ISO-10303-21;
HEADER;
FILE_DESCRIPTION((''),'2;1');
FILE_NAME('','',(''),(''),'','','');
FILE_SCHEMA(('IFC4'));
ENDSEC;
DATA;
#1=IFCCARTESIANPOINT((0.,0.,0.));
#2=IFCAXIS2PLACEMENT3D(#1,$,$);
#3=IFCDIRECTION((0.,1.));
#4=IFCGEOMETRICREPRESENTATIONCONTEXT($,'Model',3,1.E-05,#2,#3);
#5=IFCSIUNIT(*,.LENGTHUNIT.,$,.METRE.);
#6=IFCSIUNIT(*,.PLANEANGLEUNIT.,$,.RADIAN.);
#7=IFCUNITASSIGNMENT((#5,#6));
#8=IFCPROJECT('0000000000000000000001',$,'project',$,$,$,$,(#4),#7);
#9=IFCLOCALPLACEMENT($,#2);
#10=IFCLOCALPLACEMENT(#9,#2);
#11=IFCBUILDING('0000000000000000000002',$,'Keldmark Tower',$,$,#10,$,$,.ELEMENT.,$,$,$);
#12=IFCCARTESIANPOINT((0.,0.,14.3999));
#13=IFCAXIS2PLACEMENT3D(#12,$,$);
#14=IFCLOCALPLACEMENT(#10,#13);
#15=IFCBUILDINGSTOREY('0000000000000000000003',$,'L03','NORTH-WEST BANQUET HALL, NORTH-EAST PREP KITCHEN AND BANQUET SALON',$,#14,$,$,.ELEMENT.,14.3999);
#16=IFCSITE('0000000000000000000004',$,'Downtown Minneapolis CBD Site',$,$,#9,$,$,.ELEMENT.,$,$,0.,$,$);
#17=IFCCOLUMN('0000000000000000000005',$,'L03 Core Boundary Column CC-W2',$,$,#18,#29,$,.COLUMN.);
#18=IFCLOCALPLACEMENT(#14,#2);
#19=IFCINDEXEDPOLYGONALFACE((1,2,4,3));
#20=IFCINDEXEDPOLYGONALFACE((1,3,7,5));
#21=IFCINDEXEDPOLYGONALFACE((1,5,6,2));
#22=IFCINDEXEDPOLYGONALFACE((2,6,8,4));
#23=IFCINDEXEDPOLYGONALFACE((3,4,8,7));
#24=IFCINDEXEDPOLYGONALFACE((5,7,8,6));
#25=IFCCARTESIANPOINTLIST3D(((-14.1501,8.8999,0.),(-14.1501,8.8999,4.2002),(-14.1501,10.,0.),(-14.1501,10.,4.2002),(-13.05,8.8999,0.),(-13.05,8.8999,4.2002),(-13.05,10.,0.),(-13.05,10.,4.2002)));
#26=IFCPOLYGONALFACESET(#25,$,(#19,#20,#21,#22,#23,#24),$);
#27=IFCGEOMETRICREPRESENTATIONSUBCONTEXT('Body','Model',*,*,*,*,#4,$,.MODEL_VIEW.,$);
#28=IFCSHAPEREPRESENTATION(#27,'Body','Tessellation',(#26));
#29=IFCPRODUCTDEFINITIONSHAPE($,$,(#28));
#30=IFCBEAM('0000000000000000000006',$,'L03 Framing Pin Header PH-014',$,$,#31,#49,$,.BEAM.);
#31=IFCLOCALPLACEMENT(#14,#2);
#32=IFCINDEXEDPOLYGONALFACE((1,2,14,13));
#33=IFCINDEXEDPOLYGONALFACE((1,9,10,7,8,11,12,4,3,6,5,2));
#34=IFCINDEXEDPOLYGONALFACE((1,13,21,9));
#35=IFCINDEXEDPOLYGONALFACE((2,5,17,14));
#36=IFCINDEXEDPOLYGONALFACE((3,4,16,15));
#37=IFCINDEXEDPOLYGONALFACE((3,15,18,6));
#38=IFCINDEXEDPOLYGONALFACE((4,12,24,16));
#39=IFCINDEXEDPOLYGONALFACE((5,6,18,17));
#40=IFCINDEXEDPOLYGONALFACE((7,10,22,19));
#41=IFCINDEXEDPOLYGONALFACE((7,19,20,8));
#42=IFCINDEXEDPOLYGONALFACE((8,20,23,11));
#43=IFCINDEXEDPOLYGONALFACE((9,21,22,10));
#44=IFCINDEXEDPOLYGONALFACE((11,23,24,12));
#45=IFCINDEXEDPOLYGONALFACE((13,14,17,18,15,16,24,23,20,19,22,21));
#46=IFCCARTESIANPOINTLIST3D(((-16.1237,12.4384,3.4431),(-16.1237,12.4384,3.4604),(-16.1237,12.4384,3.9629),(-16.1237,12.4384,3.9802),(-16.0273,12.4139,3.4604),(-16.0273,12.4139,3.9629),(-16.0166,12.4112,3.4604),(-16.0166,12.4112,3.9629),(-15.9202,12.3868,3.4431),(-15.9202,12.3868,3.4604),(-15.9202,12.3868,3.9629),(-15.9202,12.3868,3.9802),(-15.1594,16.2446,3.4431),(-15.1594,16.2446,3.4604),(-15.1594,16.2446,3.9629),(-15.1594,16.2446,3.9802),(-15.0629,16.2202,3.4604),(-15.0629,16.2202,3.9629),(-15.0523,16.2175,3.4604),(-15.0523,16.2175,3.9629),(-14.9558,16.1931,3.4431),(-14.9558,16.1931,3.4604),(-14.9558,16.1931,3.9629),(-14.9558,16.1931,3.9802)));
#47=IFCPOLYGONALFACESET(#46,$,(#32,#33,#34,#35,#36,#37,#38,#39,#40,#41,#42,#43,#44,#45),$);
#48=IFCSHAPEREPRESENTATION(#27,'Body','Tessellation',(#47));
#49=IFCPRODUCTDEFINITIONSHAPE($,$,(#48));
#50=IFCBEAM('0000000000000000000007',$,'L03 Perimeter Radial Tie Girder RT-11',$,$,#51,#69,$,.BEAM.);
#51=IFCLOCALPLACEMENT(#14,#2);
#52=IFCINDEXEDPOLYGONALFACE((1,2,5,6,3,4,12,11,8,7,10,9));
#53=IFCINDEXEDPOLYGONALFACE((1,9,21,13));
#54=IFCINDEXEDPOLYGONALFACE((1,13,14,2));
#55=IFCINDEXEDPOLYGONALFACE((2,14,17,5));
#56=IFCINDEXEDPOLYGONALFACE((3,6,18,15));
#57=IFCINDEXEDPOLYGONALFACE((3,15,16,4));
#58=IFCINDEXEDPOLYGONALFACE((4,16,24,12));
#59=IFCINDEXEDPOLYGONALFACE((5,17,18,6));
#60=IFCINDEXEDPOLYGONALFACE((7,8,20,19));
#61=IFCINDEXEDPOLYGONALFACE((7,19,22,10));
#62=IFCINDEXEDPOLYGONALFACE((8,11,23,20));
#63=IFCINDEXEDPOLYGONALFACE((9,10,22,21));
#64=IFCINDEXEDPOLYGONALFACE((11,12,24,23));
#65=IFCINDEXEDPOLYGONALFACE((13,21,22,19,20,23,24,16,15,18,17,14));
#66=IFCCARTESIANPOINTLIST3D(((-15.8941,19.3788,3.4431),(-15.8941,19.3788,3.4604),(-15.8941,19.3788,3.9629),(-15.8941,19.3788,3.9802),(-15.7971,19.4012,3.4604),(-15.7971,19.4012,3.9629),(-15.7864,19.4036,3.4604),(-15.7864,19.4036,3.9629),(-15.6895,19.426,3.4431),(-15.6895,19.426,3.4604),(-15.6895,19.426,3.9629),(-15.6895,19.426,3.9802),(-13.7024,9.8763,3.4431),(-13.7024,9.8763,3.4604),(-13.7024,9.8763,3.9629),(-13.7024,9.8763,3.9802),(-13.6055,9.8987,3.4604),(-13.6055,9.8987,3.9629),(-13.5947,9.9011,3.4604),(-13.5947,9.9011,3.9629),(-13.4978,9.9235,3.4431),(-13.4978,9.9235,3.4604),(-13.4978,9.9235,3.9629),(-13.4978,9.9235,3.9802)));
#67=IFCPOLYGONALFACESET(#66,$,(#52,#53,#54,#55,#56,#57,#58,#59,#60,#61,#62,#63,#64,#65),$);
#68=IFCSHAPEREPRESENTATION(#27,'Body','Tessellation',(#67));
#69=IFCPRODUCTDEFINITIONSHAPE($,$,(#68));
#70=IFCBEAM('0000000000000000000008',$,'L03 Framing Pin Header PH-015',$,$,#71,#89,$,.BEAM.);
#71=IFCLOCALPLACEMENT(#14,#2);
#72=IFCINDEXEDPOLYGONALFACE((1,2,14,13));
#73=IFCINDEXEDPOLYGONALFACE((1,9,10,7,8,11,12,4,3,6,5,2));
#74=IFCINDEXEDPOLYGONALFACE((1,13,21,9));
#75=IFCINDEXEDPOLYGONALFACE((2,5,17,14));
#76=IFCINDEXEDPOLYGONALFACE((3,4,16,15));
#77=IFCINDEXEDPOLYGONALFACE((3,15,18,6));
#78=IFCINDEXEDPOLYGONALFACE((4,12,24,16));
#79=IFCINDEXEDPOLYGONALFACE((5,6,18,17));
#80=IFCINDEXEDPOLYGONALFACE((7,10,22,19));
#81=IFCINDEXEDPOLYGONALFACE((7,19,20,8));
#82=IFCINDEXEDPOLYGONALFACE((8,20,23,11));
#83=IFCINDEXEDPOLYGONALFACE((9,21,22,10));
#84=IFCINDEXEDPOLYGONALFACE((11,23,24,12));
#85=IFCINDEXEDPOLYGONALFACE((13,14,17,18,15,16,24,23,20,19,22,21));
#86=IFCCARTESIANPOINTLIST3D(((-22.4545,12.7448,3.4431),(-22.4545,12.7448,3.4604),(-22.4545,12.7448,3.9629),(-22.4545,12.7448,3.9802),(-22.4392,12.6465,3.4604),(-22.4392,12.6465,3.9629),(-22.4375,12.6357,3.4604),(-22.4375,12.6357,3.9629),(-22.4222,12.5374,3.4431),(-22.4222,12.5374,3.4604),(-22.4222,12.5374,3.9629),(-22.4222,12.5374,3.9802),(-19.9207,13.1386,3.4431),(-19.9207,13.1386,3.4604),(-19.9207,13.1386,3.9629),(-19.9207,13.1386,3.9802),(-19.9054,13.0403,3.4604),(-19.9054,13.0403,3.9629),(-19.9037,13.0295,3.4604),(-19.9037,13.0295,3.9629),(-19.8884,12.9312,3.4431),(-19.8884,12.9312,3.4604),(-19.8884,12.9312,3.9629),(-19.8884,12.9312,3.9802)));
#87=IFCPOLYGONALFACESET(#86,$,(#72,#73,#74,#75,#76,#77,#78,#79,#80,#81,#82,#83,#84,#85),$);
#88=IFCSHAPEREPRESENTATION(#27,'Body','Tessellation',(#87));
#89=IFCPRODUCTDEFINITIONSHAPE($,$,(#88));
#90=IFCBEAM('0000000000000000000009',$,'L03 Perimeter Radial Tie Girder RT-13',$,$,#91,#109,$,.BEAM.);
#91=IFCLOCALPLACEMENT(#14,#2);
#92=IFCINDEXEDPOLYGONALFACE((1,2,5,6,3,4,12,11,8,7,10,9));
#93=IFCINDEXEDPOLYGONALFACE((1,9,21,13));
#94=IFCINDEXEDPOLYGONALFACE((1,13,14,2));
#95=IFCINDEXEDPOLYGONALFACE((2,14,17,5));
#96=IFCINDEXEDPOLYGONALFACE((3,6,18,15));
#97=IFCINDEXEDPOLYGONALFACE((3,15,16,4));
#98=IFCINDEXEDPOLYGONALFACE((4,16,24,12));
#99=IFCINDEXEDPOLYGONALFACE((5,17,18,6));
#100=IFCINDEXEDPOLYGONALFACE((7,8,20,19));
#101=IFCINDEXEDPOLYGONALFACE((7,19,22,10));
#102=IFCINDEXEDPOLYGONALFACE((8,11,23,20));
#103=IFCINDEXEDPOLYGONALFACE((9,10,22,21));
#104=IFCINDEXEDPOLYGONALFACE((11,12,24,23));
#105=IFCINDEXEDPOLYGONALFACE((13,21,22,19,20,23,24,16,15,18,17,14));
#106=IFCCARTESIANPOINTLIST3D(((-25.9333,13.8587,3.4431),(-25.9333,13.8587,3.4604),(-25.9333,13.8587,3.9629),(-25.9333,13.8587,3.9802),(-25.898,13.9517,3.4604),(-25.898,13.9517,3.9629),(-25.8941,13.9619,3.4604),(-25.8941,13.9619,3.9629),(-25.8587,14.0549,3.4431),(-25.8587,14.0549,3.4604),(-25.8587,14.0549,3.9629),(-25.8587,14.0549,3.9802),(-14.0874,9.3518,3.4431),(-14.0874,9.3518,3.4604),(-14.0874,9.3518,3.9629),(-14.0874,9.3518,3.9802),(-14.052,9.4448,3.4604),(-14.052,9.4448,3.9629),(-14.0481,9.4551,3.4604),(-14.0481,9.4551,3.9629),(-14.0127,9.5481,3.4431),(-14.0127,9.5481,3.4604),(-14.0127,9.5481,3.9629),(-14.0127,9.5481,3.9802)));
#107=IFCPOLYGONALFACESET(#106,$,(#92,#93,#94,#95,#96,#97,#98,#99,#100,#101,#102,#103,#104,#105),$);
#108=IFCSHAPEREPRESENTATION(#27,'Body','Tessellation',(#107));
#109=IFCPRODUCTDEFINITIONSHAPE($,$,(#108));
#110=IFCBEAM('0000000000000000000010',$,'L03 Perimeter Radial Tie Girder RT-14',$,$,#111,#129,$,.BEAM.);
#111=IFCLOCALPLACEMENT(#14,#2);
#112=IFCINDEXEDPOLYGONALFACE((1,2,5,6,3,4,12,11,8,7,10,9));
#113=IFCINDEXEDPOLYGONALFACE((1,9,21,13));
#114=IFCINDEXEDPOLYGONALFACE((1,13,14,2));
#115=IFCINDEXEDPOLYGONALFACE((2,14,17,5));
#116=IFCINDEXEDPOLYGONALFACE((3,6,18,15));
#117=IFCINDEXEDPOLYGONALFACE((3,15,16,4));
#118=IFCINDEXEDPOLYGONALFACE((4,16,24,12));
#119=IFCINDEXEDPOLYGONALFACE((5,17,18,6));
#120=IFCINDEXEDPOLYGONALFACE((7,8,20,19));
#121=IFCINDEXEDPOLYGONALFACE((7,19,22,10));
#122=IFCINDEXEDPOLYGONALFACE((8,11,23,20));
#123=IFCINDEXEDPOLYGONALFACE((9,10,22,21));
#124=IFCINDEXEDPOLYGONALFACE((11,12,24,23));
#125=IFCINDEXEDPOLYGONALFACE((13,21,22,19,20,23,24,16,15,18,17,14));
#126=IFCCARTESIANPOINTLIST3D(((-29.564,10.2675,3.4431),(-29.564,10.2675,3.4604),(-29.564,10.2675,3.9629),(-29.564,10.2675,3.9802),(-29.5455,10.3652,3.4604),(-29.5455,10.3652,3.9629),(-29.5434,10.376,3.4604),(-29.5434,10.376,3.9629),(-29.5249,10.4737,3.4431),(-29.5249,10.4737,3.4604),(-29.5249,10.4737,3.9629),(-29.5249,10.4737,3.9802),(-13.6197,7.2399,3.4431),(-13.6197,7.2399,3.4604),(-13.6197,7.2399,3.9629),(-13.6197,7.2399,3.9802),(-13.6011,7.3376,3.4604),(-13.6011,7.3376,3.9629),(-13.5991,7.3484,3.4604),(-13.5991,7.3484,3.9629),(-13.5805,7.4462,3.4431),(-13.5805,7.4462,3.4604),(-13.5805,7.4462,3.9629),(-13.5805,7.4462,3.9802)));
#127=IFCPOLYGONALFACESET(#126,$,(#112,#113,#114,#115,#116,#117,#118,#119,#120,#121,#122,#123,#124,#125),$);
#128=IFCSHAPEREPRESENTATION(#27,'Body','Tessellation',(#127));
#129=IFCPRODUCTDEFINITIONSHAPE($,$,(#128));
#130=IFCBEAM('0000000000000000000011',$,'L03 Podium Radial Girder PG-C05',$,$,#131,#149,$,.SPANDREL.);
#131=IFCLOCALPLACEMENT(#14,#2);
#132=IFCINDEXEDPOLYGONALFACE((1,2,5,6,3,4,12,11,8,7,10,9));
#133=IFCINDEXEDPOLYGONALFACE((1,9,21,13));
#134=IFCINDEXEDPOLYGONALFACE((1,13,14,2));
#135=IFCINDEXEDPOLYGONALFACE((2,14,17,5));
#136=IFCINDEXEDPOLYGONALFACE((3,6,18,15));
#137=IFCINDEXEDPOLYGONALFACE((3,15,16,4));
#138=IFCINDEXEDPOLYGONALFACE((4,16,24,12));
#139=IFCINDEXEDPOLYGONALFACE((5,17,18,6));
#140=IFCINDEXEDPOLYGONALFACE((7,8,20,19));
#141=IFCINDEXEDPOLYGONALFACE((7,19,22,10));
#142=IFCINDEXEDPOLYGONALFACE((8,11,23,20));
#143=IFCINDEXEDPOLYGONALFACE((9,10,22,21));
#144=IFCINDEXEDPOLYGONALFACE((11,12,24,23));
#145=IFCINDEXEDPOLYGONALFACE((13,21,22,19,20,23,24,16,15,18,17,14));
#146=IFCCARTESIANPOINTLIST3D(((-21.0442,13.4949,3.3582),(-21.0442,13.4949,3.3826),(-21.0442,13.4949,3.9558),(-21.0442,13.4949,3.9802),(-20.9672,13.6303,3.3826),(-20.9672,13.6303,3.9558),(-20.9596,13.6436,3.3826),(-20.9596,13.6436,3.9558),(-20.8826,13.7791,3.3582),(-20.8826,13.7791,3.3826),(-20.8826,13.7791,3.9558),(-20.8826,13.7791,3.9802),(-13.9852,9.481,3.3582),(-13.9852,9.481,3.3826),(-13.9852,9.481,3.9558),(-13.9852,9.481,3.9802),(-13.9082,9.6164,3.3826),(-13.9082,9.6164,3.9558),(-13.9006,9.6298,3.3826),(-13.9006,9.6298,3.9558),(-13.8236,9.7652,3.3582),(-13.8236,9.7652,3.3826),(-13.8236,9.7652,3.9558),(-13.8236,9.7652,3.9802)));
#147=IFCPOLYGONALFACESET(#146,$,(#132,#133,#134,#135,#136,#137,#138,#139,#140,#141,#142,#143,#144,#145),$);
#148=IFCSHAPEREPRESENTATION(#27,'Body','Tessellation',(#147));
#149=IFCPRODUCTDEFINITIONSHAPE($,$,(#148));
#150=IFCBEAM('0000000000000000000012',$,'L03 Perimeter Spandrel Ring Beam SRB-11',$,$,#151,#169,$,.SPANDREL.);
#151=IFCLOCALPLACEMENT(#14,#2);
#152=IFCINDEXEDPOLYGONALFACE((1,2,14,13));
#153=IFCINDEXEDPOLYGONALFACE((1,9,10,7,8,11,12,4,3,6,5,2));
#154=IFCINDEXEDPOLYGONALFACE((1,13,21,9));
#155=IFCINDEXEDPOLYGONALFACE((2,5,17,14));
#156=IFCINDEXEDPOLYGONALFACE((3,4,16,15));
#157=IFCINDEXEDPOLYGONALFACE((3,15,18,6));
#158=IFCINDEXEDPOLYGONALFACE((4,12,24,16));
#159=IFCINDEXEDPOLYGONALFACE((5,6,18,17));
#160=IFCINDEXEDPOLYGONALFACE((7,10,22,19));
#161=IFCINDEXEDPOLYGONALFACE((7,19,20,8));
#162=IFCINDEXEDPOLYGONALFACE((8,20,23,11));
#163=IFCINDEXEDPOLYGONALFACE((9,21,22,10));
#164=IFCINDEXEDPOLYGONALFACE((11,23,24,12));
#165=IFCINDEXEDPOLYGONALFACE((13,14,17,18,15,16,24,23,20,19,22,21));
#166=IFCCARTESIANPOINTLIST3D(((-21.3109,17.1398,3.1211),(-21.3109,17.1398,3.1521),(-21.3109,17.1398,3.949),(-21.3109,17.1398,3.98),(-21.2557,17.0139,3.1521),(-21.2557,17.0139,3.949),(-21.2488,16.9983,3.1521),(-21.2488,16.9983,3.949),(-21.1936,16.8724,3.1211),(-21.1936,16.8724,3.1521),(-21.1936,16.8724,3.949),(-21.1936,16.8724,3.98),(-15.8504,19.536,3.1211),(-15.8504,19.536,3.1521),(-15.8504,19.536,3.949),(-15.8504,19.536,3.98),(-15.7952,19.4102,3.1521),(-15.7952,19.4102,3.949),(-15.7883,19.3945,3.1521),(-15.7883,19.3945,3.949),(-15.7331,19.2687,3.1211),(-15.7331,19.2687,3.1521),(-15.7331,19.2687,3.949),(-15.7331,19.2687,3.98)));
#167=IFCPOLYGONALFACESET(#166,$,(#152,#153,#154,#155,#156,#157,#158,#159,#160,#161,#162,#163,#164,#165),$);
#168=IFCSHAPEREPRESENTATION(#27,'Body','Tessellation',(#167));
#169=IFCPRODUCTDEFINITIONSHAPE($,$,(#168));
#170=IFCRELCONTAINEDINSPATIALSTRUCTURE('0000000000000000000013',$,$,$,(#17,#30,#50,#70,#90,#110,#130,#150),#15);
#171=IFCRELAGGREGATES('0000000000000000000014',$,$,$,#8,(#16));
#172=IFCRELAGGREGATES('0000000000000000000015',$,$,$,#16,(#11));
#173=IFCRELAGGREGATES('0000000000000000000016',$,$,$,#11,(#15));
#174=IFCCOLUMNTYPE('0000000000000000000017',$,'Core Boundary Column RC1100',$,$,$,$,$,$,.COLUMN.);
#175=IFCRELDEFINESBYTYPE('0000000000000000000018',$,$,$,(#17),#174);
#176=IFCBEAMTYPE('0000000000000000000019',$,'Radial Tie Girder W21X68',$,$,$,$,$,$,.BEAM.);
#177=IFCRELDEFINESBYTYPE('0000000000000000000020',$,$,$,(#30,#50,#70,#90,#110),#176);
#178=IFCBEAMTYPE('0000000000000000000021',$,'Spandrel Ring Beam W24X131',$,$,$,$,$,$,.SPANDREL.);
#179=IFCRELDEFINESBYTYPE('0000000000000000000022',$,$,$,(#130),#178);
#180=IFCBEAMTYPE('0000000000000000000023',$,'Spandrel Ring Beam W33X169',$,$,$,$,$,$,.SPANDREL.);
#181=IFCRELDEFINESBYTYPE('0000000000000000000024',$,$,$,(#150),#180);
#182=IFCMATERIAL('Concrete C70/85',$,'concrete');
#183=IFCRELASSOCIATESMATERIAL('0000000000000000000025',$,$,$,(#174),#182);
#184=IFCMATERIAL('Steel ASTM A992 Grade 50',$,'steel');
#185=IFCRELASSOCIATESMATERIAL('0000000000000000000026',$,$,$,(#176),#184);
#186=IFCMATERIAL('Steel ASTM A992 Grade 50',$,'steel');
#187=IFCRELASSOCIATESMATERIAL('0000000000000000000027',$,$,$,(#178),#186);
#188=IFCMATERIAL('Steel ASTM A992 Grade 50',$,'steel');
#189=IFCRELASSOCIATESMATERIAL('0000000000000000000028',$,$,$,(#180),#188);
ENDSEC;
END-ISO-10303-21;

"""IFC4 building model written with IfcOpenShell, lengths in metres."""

from ifc_helpers import new_model, si_unit, direction, frame, origin, origin_2d, place, context, subcontext, project, spatial, rectangle, i_section, extrude, material, material_profile, profile_set, type_object, element, save


model = new_model("IFC4")

# Units and contexts
model_context = context("Model", 3, precision=1e-05, world=origin(), true_north=direction((0.0, 1.0)))
body_context = subcontext(model_context, "Body", "Model", "MODEL_VIEW")
ifc_project = project(units=[si_unit("LENGTHUNIT", "METRE"), si_unit("PLANEANGLEUNIT", "RADIAN")], contexts=[model_context])

# Site, building, storey
site_placement = place(None, origin())
site = spatial("IfcSite", under=ifc_project, at=site_placement, Name="Downtown Minneapolis CBD Site", CompositionType="ELEMENT", RefElevation=0.0)
building_placement = place(site_placement, origin())
building = spatial("IfcBuilding", under=site, at=building_placement, Name="Keldmark Tower", CompositionType="ELEMENT")
storey_placement = place(building_placement, frame((0.0, 0.0, 14.3999)))
storey = spatial("IfcBuildingStorey", under=building, at=storey_placement, Name="L03", Description="NORTH-WEST BANQUET HALL, NORTH-EAST PREP KITCHEN AND BANQUET SALON", CompositionType="ELEMENT", Elevation=14.3999)

# Column
ifc_material_1 = material(Name="Concrete C70/85", Category="concrete")
ifc_material_profile_1 = material_profile(ifc_material_1, rectangle(XDim=1.1001, YDim=1.1001, at=origin_2d()), Name="RC1100X1100")
ifc_profile_set_1 = profile_set([ifc_material_profile_1], Name="Concrete C70/85")
column_type = type_object("IfcColumnType", Name="Core Boundary Column RC1100", PredefinedType="COLUMN", material=ifc_profile_set_1)
column_placement = place(storey_placement, frame((-13.6001, 9.45, 0.0), z_axis=(0.0, 0.0, 1.0), x_axis=(1.0, 0.0, 0.0)))
element("IfcColumn", 1, at=column_placement, inside=storey, type_object=column_type, Name="L03 Core Boundary Column CC-W2", PredefinedType="COLUMN", context=body_context, shape_type="SweptSolid", body=[
    extrude(rectangle(XDim=1.1001, YDim=1.1001, at=origin_2d()), origin(), (0.0, 0.0, 1.0), 4.2002),
])

# Beams
ifc_material_2 = material(Name="Steel ASTM A992 Grade 50", Category="steel")
ifc_material_profile_2 = material_profile(ifc_material_2, i_section(OverallWidth=0.21, OverallDepth=0.5371, WebThickness=0.011, FlangeThickness=0.0173, at=origin_2d()), Name="W21X68")
ifc_profile_set_2 = profile_set([ifc_material_profile_2], Name="Steel ASTM A992 Grade 50")
beam_type_1 = type_object("IfcBeamType", Name="Radial Tie Girder W21X68", PredefinedType="BEAM", material=ifc_profile_set_2)
beam_1_placement = place(storey_placement, frame((-16.022, 12.4126, 3.7117), z_axis=(0.245607, 0.96937, 0.0), x_axis=(-0.96937, 0.245607, 0.0)))
element("IfcBeam", 2, at=beam_1_placement, inside=storey, type_object=beam_type_1, Name="L03 Framing Pin Header PH-014", PredefinedType="BEAM", context=body_context, shape_type="SweptSolid", body=[
    extrude(i_section(OverallWidth=0.21, OverallDepth=0.5371, WebThickness=0.011, FlangeThickness=0.0173, at=origin_2d()), origin(), (0.0, 0.0, 1.0), 3.9265),
])
beam_2_placement = place(storey_placement, frame((-13.6001, 9.8999, 3.7117), z_axis=(-0.224741, 0.974419, 0.0), x_axis=(-0.974419, -0.224741, 0.0)))
element("IfcBeam", 3, at=beam_2_placement, inside=storey, type_object=beam_type_1, Name="L03 Perimeter Radial Tie Girder RT-11", PredefinedType="BEAM", context=body_context, shape_type="SweptSolid", body=[
    extrude(i_section(OverallWidth=0.21, OverallDepth=0.5371, WebThickness=0.011, FlangeThickness=0.0173, at=origin_2d()), origin(), (0.0, 0.0, 1.0), 9.752),
])
beam_3_placement = place(storey_placement, frame((-19.9045, 13.0349, 3.7117), z_axis=(-0.988136, -0.153581, 0.0), x_axis=(0.153581, -0.988136, 0.0)))
element("IfcBeam", 4, at=beam_3_placement, inside=storey, type_object=beam_type_1, Name="L03 Framing Pin Header PH-015", PredefinedType="BEAM", context=body_context, shape_type="SweptSolid", body=[
    extrude(i_section(OverallWidth=0.21, OverallDepth=0.5371, WebThickness=0.011, FlangeThickness=0.0173, at=origin_2d()), origin(), (0.0, 0.0, 1.0), 2.5642),
])
beam_4_placement = place(storey_placement, frame((-14.05, 9.45, 3.7117), z_axis=(-0.934643, 0.355588, 0.0), x_axis=(-0.355588, -0.934643, 0.0)))
element("IfcBeam", 5, at=beam_4_placement, inside=storey, type_object=beam_type_1, Name="L03 Perimeter Radial Tie Girder RT-13", PredefinedType="BEAM", context=body_context, shape_type="SweptSolid", body=[
    extrude(i_section(OverallWidth=0.21, OverallDepth=0.5371, WebThickness=0.011, FlangeThickness=0.0173, at=origin_2d()), origin(), (0.0, 0.0, 1.0), 12.6743),
])
beam_5_placement = place(storey_placement, frame((-13.6001, 7.343, 3.7117), z_axis=(-0.982445, 0.186551, 0.0), x_axis=(-0.186551, -0.982445, 0.0)))
element("IfcBeam", 6, at=beam_5_placement, inside=storey, type_object=beam_type_1, Name="L03 Perimeter Radial Tie Girder RT-14", PredefinedType="BEAM", context=body_context, shape_type="SweptSolid", body=[
    extrude(i_section(OverallWidth=0.21, OverallDepth=0.5371, WebThickness=0.011, FlangeThickness=0.0173, at=origin_2d()), origin(), (0.0, 0.0, 1.0), 16.2292),
])
ifc_material_3 = material(Name="Steel ASTM A992 Grade 50", Category="steel")
ifc_material_profile_3 = material_profile(ifc_material_3, i_section(OverallWidth=0.3269, OverallDepth=0.6221, WebThickness=0.0154, FlangeThickness=0.0244, at=origin_2d()), Name="W24X131")
ifc_profile_set_3 = profile_set([ifc_material_profile_3], Name="Steel ASTM A992 Grade 50")
beam_type_2 = type_object("IfcBeamType", Name="Spandrel Ring Beam W24X131", PredefinedType="SPANDREL", material=ifc_profile_set_3)
beam_6_placement = place(storey_placement, frame((-20.9634, 13.637, 3.6692), z_axis=(0.869294, -0.494296, 0.0), x_axis=(0.494296, 0.869294, 0.0)))
element("IfcBeam", 7, at=beam_6_placement, inside=storey, type_object=beam_type_2, Name="L03 Podium Radial Girder PG-C05", PredefinedType="SPANDREL", context=body_context, shape_type="SweptSolid", body=[
    extrude(i_section(OverallWidth=0.3269, OverallDepth=0.6221, WebThickness=0.0154, FlangeThickness=0.0244, at=origin_2d()), origin(), (0.0, 0.0, 1.0), 8.1204),
])
ifc_material_4 = material(Name="Steel ASTM A992 Grade 50", Category="steel")
ifc_material_profile_4 = material_profile(ifc_material_4, i_section(OverallWidth=0.292, OverallDepth=0.8589, WebThickness=0.0171, FlangeThickness=0.031, at=origin_2d()), Name="W33X169")
ifc_profile_set_4 = profile_set([ifc_material_profile_4], Name="Steel ASTM A992 Grade 50")
beam_type_3 = type_object("IfcBeamType", Name="Spandrel Ring Beam W33X169", PredefinedType="SPANDREL", material=ifc_profile_set_4)
beam_7_placement = place(storey_placement, frame((-15.7917, 19.4023, 3.5505), z_axis=(-0.915708, -0.401845, 0.0), x_axis=(0.401845, -0.915708, 0.0)))
element("IfcBeam", 8, at=beam_7_placement, inside=storey, type_object=beam_type_3, Name="L03 Perimeter Spandrel Ring Beam SRB-11", PredefinedType="SPANDREL", context=body_context, shape_type="SweptSolid", body=[
    extrude(i_section(OverallWidth=0.292, OverallDepth=0.8589, WebThickness=0.0171, FlangeThickness=0.031, at=origin_2d()), origin(), (0.0, 0.0, 1.0), 5.9631),
])

save(model, "model.ifc")
